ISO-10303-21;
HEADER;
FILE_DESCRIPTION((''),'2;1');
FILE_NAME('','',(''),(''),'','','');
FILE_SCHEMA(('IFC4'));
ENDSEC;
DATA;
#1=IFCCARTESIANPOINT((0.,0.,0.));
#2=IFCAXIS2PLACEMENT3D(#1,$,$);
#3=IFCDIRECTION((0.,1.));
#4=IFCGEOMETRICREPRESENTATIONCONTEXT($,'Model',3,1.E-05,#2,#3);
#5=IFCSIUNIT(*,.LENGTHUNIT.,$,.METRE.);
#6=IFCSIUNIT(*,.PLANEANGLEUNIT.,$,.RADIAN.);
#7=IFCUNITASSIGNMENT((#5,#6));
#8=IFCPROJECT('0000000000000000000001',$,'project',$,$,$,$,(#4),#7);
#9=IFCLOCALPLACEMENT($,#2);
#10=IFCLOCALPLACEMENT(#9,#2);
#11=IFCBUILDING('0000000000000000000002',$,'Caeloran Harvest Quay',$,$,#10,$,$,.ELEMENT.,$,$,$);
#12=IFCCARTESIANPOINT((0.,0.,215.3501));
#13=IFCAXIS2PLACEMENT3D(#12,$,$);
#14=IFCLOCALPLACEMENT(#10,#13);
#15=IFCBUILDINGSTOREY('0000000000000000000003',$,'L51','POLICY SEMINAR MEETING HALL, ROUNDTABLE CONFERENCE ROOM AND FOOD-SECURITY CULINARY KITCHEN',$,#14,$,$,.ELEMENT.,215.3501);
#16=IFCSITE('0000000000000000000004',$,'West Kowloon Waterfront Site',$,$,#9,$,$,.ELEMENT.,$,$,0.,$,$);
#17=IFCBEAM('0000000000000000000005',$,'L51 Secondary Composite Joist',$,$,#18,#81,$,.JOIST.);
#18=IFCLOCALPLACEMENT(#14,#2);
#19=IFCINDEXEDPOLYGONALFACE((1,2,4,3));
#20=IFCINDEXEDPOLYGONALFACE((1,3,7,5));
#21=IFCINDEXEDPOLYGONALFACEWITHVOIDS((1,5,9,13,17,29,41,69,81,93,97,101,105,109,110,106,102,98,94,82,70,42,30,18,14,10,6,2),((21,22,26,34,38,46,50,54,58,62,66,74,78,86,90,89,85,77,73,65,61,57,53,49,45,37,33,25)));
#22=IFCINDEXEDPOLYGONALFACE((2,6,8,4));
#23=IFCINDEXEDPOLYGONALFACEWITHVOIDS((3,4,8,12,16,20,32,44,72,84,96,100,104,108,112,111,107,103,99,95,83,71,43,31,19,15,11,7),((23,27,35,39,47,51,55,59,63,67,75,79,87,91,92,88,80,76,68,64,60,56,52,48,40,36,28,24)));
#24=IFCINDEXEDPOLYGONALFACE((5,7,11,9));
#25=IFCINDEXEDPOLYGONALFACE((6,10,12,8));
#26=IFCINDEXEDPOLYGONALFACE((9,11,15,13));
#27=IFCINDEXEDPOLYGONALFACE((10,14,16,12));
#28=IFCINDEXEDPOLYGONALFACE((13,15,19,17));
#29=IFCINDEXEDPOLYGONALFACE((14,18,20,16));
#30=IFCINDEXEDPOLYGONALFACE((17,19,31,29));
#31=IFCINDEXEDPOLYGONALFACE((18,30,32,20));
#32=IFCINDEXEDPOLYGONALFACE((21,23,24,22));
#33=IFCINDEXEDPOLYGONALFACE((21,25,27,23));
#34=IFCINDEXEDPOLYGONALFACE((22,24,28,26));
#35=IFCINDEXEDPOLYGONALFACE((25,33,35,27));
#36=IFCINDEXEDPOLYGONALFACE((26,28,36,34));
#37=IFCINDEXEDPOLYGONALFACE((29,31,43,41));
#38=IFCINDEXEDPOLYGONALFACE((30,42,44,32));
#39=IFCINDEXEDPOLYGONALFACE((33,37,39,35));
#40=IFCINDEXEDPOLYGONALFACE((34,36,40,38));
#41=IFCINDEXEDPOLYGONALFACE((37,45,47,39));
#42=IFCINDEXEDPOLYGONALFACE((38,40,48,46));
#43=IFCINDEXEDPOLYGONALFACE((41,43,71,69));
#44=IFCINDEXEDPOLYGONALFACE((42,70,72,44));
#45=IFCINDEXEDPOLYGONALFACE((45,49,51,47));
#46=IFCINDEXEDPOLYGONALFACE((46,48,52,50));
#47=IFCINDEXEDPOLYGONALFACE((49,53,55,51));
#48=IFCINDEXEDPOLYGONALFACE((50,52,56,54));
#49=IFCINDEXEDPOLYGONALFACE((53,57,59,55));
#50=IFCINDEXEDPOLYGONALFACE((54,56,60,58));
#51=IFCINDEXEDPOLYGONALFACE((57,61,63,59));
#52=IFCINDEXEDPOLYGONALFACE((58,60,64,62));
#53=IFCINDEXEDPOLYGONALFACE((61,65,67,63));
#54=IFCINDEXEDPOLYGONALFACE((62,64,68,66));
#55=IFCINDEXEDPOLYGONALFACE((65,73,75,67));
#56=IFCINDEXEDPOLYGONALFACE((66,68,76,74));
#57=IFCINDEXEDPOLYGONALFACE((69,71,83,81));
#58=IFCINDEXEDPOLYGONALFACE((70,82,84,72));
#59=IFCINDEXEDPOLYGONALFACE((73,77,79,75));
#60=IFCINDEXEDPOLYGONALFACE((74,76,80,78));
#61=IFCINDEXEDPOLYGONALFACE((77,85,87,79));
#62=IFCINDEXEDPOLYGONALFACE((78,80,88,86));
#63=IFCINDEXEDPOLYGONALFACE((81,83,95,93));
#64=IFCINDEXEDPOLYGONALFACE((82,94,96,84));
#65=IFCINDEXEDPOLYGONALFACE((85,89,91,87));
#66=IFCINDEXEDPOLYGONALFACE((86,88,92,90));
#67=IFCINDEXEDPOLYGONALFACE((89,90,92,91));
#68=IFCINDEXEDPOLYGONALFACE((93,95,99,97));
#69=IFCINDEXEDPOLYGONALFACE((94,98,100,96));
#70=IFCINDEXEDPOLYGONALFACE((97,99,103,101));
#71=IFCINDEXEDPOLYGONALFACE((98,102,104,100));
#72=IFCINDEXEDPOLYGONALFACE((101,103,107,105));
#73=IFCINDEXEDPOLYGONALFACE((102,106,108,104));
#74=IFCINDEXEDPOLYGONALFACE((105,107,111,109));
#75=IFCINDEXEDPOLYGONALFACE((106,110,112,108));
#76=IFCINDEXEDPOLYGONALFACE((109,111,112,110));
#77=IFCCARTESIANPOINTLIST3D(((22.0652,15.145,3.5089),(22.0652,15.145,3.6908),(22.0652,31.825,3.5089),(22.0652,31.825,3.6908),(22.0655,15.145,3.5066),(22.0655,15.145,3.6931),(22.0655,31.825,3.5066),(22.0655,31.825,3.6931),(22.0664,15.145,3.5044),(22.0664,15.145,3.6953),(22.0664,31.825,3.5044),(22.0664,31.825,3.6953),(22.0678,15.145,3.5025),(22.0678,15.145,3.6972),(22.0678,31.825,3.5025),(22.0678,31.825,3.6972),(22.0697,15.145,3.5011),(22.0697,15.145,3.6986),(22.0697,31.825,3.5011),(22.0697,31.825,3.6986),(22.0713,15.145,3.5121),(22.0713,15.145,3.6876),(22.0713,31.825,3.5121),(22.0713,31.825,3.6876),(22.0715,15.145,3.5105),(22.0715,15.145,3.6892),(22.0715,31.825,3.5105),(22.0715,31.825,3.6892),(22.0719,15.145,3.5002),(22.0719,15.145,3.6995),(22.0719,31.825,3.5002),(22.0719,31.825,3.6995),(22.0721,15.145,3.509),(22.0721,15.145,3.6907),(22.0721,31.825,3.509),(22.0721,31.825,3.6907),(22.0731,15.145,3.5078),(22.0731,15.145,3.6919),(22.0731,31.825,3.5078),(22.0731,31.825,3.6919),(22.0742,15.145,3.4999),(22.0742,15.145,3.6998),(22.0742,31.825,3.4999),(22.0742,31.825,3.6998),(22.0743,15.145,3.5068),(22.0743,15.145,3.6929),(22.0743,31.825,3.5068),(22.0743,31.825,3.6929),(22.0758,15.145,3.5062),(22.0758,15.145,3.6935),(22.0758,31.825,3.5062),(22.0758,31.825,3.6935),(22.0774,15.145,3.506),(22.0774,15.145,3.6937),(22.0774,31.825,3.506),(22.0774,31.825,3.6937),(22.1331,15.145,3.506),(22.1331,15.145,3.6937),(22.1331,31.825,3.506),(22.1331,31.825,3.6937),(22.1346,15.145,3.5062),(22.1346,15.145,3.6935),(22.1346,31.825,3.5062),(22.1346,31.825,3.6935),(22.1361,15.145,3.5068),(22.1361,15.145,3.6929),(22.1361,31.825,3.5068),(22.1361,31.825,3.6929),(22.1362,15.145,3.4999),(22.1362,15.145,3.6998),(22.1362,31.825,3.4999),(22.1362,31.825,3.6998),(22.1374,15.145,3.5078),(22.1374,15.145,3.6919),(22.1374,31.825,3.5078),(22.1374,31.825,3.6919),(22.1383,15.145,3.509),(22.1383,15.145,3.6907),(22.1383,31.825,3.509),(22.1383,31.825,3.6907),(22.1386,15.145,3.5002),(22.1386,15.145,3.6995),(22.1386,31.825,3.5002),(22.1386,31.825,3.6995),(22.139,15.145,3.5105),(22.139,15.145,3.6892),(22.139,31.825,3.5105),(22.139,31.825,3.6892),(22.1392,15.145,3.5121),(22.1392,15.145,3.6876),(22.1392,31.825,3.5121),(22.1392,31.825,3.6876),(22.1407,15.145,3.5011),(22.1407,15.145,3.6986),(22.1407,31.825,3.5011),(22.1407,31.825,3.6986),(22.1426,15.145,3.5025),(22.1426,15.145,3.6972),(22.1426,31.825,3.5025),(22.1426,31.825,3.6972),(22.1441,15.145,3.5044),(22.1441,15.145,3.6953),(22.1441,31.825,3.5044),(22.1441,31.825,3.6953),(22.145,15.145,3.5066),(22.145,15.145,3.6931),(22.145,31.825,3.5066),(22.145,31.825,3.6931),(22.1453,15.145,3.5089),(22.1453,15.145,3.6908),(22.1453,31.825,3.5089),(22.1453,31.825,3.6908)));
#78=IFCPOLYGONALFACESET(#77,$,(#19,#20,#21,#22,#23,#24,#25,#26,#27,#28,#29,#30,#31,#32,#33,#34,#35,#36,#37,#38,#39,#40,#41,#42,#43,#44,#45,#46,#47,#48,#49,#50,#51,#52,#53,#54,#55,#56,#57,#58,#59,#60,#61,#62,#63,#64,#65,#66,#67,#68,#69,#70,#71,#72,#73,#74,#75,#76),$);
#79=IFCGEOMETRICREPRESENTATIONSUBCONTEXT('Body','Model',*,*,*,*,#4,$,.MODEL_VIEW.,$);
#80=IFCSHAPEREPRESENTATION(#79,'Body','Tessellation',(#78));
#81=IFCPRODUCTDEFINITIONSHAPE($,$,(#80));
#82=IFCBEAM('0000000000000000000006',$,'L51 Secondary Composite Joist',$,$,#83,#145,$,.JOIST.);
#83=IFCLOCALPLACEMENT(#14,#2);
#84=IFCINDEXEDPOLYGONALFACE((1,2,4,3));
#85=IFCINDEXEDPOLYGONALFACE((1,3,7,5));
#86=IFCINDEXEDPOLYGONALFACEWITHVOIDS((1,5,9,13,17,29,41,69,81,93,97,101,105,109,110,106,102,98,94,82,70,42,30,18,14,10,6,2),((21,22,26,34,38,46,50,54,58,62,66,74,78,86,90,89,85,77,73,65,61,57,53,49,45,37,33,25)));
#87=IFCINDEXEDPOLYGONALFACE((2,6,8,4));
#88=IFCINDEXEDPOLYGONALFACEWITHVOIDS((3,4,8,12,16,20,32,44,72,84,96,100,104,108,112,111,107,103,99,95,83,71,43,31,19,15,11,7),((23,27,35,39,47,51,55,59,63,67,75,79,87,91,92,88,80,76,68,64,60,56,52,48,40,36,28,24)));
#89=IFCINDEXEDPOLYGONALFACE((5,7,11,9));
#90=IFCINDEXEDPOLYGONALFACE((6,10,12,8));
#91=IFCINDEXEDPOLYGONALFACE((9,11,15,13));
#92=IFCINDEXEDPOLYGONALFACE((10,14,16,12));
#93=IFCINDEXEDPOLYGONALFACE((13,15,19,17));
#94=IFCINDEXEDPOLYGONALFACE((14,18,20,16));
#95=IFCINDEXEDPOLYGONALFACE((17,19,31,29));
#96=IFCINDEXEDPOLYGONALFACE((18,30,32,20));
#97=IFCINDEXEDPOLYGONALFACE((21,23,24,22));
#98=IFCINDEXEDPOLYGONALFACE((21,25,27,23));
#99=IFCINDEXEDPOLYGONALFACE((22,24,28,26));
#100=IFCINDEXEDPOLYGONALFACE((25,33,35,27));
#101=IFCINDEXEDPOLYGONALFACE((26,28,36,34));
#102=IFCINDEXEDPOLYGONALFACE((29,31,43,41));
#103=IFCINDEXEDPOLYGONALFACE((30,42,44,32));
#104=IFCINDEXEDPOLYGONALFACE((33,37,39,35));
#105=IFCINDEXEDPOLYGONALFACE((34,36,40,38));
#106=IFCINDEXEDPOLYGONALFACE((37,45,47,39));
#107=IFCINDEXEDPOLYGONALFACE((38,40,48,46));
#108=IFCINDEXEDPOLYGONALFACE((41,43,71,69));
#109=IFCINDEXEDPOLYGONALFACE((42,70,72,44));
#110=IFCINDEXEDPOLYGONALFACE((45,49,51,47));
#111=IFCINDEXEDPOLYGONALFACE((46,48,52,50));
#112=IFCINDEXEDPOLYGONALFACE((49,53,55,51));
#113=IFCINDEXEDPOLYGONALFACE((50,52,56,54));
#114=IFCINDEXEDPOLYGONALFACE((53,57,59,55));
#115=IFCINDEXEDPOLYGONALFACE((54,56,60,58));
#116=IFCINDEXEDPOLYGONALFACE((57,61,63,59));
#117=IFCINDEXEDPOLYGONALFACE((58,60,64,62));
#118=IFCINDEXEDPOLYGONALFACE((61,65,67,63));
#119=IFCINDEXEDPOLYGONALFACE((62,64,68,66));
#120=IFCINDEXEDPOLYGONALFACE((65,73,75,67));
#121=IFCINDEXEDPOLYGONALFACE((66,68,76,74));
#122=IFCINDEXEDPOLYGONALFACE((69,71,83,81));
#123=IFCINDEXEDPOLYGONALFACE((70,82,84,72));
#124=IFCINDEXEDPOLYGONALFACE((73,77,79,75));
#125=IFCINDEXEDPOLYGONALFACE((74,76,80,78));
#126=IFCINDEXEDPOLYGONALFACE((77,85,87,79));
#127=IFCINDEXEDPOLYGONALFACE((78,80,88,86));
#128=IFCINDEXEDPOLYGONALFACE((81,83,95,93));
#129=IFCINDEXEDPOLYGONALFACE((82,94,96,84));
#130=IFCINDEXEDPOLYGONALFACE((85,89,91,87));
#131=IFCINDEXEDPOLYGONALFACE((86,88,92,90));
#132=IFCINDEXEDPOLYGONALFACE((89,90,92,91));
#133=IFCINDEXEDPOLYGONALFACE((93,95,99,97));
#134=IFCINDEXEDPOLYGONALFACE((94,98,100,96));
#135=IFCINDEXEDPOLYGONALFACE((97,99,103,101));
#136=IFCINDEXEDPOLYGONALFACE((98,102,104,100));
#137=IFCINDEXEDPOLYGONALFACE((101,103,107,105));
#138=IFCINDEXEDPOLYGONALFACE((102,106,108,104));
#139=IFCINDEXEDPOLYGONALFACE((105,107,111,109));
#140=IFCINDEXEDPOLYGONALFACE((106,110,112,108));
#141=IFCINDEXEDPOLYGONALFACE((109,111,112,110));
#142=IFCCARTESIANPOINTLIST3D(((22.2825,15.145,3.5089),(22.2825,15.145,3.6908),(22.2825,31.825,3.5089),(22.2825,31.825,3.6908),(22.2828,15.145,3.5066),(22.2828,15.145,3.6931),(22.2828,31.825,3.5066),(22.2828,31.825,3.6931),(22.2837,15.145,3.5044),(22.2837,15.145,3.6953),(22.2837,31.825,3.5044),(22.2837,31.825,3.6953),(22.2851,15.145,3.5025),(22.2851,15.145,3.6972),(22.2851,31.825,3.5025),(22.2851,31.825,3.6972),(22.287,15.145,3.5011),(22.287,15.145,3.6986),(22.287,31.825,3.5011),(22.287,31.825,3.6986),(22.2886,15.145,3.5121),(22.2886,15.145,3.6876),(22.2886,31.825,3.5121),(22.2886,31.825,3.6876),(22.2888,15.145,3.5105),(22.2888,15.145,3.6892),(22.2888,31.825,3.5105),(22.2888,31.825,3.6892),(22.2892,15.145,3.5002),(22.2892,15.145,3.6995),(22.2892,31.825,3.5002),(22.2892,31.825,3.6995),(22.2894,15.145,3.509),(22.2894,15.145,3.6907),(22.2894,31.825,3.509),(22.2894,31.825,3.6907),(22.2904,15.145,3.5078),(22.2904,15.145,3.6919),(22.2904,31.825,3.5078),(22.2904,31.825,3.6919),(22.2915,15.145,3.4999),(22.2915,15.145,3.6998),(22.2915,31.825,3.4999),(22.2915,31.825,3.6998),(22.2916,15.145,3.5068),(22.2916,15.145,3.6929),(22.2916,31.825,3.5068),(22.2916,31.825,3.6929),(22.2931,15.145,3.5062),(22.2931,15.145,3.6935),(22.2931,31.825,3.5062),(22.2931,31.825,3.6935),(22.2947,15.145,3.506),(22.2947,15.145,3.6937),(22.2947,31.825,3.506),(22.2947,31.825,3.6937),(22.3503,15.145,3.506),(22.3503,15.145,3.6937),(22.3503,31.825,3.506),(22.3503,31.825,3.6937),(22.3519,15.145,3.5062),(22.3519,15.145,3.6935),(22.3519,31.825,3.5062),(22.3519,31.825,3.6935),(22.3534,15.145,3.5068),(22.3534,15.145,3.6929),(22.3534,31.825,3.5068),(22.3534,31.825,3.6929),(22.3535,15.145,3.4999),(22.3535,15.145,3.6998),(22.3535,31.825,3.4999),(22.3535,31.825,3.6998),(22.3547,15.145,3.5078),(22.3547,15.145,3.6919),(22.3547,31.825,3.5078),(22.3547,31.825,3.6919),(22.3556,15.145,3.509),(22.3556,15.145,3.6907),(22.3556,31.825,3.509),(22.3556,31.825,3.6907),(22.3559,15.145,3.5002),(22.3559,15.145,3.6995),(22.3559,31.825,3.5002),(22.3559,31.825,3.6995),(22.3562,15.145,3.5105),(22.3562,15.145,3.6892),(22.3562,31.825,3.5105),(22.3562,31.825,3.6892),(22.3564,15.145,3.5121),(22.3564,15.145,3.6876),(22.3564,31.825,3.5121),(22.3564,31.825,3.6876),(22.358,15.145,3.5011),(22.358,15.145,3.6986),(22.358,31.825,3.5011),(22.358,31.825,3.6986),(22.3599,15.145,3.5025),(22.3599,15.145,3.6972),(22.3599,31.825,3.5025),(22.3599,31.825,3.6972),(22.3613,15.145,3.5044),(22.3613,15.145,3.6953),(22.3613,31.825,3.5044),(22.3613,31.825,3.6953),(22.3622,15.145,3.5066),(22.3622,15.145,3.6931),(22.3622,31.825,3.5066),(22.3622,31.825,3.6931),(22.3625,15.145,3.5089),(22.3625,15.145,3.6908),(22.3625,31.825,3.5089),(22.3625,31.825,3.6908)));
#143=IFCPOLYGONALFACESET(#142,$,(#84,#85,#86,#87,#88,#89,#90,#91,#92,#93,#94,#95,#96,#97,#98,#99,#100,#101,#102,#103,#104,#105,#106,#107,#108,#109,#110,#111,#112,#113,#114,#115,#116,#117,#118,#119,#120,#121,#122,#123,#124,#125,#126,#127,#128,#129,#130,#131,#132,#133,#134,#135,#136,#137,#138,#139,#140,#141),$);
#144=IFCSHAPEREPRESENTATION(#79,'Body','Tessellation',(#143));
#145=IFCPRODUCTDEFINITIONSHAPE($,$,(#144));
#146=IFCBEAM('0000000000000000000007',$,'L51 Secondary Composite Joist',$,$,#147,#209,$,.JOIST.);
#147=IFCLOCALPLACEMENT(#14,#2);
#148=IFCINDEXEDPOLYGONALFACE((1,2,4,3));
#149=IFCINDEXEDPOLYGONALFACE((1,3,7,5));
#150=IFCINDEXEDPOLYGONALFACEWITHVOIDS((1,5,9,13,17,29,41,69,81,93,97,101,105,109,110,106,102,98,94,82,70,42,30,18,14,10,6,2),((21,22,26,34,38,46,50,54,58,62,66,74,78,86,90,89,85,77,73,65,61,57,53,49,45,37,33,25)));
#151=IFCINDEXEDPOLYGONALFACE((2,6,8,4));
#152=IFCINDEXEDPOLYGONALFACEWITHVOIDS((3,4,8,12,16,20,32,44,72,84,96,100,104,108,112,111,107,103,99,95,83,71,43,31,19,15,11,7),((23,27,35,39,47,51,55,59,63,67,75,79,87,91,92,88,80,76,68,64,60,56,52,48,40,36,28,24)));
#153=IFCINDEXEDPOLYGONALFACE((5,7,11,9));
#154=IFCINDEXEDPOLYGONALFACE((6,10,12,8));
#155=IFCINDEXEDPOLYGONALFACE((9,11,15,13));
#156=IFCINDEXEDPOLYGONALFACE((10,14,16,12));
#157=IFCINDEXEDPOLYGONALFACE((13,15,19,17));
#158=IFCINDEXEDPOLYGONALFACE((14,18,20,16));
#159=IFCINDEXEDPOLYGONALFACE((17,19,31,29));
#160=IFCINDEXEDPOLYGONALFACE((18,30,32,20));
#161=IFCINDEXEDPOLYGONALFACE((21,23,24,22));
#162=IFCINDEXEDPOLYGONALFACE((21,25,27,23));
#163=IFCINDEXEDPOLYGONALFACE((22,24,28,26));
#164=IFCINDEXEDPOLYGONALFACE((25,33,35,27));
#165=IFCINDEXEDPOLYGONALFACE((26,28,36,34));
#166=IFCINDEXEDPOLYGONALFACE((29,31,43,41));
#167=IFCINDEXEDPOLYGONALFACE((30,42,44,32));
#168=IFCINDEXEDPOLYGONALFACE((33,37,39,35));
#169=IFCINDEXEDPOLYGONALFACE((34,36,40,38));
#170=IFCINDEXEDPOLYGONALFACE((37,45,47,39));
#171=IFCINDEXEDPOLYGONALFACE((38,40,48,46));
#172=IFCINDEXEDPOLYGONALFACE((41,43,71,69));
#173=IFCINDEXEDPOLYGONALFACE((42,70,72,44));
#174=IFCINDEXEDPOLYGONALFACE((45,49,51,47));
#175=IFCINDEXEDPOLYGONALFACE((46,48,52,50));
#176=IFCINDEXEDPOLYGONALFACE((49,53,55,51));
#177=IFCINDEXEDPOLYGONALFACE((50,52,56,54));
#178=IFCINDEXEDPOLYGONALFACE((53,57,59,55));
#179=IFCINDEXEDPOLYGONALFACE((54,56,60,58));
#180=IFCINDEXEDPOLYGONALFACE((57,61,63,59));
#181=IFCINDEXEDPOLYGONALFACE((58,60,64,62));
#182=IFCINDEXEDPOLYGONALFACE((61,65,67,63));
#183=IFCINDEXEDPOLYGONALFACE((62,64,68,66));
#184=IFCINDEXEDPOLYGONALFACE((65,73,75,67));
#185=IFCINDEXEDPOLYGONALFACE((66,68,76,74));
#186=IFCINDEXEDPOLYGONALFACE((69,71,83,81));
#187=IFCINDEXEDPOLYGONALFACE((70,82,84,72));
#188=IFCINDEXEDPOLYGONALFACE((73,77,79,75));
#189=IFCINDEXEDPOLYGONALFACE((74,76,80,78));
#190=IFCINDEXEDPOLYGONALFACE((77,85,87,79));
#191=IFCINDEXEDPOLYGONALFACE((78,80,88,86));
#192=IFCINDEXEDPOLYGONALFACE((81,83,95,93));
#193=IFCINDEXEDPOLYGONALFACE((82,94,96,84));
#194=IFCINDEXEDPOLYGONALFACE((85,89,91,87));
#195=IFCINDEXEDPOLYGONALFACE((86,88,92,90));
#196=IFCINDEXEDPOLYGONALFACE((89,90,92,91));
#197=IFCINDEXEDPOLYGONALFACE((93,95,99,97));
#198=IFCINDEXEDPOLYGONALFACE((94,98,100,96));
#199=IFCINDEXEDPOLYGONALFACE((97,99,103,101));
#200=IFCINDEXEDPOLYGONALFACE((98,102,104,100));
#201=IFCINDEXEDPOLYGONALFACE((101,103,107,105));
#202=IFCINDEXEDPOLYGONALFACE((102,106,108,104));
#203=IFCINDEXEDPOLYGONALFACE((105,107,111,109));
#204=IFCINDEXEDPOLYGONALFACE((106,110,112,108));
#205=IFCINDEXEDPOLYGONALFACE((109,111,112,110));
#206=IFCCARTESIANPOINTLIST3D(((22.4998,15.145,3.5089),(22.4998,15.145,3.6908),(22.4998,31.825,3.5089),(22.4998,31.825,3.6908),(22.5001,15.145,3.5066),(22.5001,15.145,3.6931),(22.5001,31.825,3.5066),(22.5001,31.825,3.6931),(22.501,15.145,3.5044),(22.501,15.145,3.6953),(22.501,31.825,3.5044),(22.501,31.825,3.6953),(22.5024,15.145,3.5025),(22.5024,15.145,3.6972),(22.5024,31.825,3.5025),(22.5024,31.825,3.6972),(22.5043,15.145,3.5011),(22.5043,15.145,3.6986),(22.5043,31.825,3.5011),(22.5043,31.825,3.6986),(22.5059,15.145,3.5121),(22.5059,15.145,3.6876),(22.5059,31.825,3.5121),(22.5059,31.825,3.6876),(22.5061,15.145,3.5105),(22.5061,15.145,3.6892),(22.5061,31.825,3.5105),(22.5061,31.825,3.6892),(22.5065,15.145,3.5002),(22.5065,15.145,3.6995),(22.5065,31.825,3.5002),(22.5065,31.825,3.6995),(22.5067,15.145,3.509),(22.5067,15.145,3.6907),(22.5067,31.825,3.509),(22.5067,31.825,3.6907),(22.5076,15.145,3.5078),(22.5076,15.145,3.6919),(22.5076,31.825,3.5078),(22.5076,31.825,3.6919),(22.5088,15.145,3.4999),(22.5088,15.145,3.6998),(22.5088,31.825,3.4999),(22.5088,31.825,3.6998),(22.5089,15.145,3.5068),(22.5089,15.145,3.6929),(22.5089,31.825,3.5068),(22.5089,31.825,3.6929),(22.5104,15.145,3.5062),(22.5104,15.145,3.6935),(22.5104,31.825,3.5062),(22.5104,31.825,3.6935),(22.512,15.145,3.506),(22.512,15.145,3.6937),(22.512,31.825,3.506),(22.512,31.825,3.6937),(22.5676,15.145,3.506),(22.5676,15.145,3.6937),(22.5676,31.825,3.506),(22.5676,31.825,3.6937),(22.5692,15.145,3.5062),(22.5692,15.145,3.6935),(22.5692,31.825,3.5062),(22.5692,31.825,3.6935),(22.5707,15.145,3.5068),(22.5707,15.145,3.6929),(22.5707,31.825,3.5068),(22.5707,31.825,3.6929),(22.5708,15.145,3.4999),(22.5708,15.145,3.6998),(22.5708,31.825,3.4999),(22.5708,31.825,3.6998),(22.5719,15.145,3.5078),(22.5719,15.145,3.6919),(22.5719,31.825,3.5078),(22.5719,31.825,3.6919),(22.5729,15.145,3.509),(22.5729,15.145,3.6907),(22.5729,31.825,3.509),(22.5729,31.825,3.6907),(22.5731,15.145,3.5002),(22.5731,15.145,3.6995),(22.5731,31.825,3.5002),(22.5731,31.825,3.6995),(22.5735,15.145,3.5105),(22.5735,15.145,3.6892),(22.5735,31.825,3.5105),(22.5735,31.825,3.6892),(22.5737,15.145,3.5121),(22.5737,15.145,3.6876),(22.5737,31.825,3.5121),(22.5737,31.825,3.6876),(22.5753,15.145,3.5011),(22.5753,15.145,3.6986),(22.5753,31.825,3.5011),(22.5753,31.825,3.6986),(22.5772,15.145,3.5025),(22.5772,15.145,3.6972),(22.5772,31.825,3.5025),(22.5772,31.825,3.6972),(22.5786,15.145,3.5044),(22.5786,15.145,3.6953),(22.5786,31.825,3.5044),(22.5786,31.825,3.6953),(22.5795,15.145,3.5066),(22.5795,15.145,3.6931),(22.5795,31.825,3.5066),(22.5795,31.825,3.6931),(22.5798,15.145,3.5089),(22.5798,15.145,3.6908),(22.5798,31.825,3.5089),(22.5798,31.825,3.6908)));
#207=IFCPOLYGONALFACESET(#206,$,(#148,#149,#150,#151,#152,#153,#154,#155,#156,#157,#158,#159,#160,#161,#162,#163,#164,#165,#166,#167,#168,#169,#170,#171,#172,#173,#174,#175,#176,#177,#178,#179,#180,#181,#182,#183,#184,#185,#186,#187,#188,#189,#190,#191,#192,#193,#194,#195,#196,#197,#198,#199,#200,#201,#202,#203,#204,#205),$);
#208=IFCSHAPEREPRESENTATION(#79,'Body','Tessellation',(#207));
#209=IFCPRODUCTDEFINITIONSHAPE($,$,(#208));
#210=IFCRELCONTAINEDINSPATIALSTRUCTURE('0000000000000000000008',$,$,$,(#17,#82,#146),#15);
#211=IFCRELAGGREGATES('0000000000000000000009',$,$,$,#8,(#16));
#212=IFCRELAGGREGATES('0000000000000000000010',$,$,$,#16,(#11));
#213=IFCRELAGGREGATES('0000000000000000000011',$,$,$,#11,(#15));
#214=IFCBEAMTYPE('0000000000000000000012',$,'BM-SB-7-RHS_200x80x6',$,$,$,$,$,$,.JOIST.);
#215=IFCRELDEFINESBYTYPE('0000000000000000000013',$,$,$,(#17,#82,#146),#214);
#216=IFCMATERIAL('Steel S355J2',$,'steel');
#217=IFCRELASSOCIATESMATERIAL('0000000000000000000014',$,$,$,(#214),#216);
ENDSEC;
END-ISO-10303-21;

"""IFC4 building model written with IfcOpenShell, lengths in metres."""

from ifc_helpers import new_model, si_unit, direction, frame, origin, origin_2d, place, context, subcontext, project, spatial, hollow_rectangle, extrude, material, material_profile, profile_set, type_object, element, save


model = new_model("IFC4")

# Units and contexts
model_context = context("Model", 3, precision=1e-05, world=origin(), true_north=direction((0.0, 1.0)))
body_context = subcontext(model_context, "Body", "Model", "MODEL_VIEW")
ifc_project = project(units=[si_unit("LENGTHUNIT", "METRE"), si_unit("PLANEANGLEUNIT", "RADIAN")], contexts=[model_context])

# Site, building, storey
site_placement = place(None, origin())
site = spatial("IfcSite", under=ifc_project, at=site_placement, Name="West Kowloon Waterfront Site", CompositionType="ELEMENT", RefElevation=0.0)
building_placement = place(site_placement, origin())
building = spatial("IfcBuilding", under=site, at=building_placement, Name="Caeloran Harvest Quay", CompositionType="ELEMENT")
storey_placement = place(building_placement, frame((0.0, 0.0, 215.3501)))
storey = spatial("IfcBuildingStorey", under=building, at=storey_placement, Name="L51", Description="POLICY SEMINAR MEETING HALL, ROUNDTABLE CONFERENCE ROOM AND FOOD-SECURITY CULINARY KITCHEN", CompositionType="ELEMENT", Elevation=215.3501)

# Beams
ifc_material_1 = material(Name="Steel S355J2", Category="steel")
ifc_material_profile_1 = material_profile(ifc_material_1, hollow_rectangle(XDim=0.0801, YDim=0.2, WallThickness=0.0061, InnerFilletRadius=0.0061, OuterFilletRadius=0.009, at=origin_2d()), Name="RHS 200x80x6")
ifc_profile_set_1 = profile_set([ifc_material_profile_1], Name="Steel S355J2")
beam_type_1 = type_object("IfcBeamType", Name="BM-SB-7-RHS_200x80x6", PredefinedType="JOIST", material=ifc_profile_set_1)
for number, where, z_axis, x_axis, name in (
    (1, (22.1052, 15.145, 3.5999), (0.0, 1.0, 0.0), (-1.0, 0.0, 0.0), "L51 Secondary Composite Joist"),
    (2, (22.3225, 15.145, 3.5999), (0.0, 1.0, 0.0), (-1.0, 0.0, 0.0), "L51 Secondary Composite Joist"),
    (3, (22.5398, 15.145, 3.5999), (0.0, 1.0, 0.0), (-1.0, 0.0, 0.0), "L51 Secondary Composite Joist"),
):
    element("IfcBeam", number, at=place(storey_placement, frame(where, z_axis=z_axis, x_axis=x_axis)), inside=storey, type_object=beam_type_1, Name=name, PredefinedType="JOIST", context=body_context, shape_type="SweptSolid", body=[
        extrude(hollow_rectangle(XDim=0.0801, YDim=0.2, WallThickness=0.0061, InnerFilletRadius=0.0061, OuterFilletRadius=0.009, at=origin_2d()), origin(), (0.0, 0.0, 1.0), 16.6799),
    ])

save(model, "model.ifc")
